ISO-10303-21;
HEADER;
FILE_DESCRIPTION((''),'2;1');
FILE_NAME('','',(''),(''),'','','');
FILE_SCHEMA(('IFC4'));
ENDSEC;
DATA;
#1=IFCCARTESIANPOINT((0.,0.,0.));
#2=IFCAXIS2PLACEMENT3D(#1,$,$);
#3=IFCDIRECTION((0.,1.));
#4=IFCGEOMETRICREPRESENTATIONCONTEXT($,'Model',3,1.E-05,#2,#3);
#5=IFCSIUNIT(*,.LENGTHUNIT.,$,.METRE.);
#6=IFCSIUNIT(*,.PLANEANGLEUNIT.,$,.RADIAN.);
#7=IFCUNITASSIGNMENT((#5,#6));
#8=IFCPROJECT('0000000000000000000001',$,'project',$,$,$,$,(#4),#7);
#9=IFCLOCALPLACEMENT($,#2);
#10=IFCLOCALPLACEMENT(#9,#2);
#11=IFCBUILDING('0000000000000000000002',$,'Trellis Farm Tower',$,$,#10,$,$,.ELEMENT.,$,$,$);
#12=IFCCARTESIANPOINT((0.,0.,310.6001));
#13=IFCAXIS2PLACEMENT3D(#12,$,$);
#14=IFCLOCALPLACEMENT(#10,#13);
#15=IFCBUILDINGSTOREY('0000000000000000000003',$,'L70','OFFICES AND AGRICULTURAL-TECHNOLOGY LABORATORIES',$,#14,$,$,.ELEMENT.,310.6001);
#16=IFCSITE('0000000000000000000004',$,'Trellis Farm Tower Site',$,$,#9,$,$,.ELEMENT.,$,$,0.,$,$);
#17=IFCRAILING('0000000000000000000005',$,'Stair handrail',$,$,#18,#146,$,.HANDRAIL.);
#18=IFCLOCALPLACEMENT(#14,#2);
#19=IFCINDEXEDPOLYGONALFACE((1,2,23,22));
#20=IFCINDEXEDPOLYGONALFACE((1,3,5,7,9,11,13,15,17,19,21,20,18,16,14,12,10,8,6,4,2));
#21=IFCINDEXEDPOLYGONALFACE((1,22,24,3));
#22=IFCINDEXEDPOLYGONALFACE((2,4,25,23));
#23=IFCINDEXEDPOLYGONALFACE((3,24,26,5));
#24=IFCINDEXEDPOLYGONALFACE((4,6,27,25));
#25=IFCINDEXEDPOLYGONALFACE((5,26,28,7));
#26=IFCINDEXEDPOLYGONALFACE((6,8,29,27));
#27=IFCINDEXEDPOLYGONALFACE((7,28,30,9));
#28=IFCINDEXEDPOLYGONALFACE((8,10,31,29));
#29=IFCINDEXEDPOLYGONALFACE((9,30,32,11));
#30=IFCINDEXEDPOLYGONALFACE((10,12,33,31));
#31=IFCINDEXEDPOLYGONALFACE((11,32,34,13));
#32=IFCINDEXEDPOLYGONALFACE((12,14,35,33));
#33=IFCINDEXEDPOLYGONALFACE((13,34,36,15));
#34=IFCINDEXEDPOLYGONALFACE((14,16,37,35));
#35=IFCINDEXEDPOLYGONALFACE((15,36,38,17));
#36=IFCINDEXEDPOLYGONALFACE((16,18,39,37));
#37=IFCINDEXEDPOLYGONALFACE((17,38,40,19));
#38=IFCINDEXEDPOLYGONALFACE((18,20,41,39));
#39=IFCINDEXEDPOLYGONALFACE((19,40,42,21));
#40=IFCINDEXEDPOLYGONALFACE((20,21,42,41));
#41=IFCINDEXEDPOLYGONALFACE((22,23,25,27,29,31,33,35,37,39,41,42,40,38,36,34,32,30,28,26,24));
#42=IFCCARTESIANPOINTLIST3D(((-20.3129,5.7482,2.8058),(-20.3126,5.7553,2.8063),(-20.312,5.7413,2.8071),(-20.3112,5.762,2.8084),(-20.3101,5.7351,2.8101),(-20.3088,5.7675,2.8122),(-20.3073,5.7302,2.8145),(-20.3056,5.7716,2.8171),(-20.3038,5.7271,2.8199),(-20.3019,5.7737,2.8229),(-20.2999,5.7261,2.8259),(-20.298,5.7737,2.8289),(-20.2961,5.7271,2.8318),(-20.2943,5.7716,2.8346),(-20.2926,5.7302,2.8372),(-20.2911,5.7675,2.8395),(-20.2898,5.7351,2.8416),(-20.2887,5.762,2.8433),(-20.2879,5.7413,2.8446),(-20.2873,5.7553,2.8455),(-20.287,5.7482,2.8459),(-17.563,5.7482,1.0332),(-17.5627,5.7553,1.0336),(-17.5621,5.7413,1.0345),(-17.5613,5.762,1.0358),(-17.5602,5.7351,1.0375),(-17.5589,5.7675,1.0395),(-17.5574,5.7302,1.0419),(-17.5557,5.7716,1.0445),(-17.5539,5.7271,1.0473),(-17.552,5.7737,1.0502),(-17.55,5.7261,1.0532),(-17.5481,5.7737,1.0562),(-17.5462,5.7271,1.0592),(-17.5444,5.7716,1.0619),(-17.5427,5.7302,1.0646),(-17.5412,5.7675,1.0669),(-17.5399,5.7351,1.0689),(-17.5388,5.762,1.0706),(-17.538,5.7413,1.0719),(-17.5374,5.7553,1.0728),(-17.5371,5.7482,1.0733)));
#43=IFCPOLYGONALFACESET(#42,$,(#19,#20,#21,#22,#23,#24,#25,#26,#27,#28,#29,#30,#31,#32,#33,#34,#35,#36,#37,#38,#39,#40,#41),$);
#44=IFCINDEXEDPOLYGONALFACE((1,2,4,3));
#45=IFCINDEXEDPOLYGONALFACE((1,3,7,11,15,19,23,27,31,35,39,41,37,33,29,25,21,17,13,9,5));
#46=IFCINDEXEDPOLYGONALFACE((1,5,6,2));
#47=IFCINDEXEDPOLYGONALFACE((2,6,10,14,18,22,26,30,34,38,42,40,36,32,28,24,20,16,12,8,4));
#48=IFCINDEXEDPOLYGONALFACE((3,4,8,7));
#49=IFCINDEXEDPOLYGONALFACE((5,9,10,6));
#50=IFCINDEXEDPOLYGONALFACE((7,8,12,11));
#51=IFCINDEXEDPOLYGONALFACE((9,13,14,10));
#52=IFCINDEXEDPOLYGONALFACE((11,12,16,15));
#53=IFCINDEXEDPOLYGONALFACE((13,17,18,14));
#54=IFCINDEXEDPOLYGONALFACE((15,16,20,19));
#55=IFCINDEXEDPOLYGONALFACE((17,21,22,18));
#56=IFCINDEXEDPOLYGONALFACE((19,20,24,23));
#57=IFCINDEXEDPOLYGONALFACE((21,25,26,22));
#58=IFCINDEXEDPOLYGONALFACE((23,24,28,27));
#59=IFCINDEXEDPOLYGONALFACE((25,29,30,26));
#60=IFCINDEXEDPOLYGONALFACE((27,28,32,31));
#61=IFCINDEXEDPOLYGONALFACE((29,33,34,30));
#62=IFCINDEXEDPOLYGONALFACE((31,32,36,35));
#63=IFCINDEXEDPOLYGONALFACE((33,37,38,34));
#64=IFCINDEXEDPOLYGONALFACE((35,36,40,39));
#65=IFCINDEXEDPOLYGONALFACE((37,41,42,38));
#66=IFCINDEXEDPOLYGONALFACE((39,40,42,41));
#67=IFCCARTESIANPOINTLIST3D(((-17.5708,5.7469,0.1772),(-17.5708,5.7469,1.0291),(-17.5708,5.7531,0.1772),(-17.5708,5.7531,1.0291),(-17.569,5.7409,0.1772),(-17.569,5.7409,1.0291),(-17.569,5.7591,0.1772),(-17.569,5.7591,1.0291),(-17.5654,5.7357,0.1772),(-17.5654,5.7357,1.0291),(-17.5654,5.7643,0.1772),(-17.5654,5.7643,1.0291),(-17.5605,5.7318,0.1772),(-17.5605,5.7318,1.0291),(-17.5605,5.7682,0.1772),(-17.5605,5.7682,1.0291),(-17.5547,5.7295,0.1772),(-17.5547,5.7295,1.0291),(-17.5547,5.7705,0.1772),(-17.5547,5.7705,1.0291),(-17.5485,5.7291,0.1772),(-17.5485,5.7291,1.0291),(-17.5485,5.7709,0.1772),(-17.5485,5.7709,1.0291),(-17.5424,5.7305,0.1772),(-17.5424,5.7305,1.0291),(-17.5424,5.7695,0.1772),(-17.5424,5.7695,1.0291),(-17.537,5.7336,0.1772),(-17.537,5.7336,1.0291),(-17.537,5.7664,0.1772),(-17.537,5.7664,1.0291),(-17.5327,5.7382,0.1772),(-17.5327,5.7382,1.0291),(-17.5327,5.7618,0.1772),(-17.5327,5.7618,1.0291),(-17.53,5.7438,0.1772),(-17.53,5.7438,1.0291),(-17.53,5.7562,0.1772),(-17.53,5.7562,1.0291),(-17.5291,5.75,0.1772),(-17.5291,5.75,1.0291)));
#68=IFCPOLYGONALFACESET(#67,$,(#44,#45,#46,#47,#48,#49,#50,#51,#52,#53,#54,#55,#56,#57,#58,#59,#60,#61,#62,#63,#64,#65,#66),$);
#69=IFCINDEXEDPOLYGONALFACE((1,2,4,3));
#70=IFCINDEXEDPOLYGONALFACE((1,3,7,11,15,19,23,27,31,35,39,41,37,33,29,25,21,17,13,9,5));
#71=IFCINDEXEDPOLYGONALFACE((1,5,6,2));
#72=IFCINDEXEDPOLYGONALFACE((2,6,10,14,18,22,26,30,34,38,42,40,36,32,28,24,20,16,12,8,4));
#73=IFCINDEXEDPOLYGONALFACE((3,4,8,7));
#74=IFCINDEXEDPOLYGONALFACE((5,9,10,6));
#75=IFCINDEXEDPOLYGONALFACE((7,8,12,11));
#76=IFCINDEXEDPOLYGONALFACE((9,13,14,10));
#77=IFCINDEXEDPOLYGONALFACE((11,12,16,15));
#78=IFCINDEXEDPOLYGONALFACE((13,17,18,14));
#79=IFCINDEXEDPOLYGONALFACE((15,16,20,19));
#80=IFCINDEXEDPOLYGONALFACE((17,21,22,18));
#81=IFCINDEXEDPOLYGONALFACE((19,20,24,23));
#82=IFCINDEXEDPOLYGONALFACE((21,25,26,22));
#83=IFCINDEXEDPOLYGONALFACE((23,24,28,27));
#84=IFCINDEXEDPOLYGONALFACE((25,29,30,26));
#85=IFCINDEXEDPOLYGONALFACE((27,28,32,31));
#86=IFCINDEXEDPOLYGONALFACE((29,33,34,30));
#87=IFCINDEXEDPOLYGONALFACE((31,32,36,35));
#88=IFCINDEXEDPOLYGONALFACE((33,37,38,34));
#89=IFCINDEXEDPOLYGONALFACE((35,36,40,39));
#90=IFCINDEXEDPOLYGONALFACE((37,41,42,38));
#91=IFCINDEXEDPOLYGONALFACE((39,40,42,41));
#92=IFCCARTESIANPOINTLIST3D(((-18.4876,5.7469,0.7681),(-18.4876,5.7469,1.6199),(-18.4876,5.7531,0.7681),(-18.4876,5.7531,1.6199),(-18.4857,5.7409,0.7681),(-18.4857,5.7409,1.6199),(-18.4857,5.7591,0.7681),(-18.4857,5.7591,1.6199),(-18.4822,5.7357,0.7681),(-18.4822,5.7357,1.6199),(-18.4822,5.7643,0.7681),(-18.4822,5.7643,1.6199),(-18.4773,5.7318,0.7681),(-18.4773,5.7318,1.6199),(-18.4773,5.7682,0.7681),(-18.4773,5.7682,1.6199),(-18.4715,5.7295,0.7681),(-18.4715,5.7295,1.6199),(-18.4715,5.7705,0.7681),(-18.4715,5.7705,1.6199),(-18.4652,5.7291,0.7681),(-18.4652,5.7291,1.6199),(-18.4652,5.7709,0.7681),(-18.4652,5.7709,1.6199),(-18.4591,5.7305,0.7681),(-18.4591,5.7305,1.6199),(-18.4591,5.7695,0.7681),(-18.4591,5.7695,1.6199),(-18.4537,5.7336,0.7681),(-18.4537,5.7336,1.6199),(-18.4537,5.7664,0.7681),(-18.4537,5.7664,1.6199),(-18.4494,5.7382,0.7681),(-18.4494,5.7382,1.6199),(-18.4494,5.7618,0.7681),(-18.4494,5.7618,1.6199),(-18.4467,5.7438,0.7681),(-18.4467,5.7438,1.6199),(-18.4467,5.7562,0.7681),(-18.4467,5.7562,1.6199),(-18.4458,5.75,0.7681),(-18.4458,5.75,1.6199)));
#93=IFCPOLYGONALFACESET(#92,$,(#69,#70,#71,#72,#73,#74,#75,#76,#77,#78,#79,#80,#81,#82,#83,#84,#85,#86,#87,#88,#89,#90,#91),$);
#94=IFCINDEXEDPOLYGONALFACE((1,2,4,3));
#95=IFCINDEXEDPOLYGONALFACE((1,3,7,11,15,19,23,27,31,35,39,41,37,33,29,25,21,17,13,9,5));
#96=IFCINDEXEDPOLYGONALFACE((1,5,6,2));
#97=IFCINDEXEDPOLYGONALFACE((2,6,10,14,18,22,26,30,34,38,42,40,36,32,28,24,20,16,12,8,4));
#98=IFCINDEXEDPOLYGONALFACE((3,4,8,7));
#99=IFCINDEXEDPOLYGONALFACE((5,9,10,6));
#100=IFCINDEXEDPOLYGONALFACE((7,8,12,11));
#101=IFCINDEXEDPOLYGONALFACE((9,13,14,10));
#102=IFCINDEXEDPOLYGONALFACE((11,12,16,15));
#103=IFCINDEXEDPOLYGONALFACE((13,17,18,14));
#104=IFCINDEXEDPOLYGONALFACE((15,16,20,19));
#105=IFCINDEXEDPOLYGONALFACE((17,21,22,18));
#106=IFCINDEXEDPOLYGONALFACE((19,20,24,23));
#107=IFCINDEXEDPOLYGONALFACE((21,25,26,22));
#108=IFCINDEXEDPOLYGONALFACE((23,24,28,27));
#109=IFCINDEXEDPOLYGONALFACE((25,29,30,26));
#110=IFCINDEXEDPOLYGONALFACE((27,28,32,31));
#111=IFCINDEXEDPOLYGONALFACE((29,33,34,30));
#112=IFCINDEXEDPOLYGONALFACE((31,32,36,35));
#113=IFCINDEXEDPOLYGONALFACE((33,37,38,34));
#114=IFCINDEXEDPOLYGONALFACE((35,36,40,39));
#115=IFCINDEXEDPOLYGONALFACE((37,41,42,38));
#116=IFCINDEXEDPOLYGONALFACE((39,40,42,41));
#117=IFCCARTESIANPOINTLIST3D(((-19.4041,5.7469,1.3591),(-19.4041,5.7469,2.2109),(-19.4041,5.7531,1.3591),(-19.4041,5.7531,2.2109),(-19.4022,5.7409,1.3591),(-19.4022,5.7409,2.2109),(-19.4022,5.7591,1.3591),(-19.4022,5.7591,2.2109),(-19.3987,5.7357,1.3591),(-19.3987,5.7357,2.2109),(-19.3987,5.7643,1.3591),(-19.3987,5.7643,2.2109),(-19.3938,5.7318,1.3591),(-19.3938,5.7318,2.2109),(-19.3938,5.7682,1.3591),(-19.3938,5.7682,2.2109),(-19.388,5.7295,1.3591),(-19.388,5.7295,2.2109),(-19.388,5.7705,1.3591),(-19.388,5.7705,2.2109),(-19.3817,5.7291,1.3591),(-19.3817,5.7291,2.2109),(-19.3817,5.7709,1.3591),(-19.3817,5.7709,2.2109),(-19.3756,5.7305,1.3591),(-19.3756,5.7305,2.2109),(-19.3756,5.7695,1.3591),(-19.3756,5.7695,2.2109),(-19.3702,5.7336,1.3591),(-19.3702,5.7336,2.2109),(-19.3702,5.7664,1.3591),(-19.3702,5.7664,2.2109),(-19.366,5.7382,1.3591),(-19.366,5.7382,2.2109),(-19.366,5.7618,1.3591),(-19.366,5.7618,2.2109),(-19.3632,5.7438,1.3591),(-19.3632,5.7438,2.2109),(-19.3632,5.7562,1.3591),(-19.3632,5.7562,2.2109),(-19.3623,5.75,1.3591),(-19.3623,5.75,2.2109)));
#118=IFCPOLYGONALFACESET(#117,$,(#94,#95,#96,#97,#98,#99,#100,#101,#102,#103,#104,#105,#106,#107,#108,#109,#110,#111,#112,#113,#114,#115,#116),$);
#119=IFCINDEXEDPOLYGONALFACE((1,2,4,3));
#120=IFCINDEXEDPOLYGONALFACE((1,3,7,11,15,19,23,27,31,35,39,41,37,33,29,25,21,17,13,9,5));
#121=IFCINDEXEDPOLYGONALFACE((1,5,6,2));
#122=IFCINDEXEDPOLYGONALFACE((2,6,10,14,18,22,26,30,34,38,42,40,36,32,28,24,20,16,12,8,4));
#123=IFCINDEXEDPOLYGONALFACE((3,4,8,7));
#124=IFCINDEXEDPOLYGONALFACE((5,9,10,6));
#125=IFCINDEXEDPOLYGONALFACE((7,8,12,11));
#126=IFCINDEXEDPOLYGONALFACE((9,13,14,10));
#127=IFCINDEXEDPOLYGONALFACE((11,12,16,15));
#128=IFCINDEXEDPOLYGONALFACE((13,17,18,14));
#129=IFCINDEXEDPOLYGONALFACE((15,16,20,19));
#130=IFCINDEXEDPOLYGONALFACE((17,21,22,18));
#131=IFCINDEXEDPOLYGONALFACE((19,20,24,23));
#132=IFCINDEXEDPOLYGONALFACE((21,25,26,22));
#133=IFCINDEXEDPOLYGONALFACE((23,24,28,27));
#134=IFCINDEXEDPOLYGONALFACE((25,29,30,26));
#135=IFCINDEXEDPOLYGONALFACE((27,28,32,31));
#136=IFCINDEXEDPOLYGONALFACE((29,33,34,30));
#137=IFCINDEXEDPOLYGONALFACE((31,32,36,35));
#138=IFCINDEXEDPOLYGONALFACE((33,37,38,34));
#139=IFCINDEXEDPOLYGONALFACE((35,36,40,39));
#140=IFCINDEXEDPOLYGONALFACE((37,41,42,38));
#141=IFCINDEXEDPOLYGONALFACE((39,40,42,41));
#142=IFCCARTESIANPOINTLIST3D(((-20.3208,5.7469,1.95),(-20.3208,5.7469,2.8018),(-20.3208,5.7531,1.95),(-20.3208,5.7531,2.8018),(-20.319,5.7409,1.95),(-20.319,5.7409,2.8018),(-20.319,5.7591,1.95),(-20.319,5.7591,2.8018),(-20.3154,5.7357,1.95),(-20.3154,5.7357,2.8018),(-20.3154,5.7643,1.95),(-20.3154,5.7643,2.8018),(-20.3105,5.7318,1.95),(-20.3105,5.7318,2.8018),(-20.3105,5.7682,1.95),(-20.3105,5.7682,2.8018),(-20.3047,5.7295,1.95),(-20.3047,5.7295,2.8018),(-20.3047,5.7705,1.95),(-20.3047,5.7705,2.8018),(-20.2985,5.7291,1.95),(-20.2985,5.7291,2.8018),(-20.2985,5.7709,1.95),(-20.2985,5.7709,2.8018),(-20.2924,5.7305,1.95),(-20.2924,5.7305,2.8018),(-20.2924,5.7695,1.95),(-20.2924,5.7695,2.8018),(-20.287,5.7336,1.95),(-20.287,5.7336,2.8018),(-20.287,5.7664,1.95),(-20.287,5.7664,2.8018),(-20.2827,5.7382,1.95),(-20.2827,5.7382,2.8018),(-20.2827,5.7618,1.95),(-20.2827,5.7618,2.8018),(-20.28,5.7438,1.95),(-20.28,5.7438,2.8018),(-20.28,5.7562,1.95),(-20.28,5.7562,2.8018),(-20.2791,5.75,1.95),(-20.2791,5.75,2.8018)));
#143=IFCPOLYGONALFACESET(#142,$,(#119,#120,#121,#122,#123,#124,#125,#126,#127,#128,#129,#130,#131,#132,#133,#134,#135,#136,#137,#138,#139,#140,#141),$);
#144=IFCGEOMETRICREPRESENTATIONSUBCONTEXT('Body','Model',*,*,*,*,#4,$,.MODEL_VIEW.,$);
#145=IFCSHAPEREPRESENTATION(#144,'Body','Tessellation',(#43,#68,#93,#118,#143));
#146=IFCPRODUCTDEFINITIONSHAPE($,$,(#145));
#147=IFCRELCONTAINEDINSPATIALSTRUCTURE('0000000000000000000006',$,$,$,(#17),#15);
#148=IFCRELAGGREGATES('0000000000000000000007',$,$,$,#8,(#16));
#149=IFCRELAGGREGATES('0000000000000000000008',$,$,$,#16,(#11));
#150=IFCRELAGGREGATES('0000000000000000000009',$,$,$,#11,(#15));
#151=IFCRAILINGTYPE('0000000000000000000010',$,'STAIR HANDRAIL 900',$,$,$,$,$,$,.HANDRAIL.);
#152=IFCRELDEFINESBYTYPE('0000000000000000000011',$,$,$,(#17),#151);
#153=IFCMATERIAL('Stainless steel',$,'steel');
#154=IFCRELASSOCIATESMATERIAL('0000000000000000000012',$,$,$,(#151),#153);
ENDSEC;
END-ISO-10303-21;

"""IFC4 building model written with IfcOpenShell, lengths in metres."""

from ifc_helpers import new_model, si_unit, direction, frame, origin, origin_2d, place, context, subcontext, project, spatial, circle, extrude, source, transform, mapped, material, type_object, element, save


model = new_model("IFC4")

# Units and contexts
model_context = context("Model", 3, precision=1e-05, world=origin(), true_north=direction((0.0, 1.0)))
body_context = subcontext(model_context, "Body", "Model", "MODEL_VIEW")
ifc_project = project(units=[si_unit("LENGTHUNIT", "METRE"), si_unit("PLANEANGLEUNIT", "RADIAN")], contexts=[model_context])

# Site, building, storey
site_placement = place(None, origin())
site = spatial("IfcSite", under=ifc_project, at=site_placement, Name="Trellis Farm Tower Site", CompositionType="ELEMENT", RefElevation=0.0)
building_placement = place(site_placement, origin())
building = spatial("IfcBuilding", under=site, at=building_placement, Name="Trellis Farm Tower", CompositionType="ELEMENT")
storey_placement = place(building_placement, frame((0.0, 0.0, 310.6001)))
storey = spatial("IfcBuildingStorey", under=building, at=storey_placement, Name="L70", Description="OFFICES AND AGRICULTURAL-TECHNOLOGY LABORATORIES", CompositionType="ELEMENT", Elevation=310.6001)

# Railing
ifc_material_1 = material(Name="Stainless steel", Category="steel")
railing_type = type_object("IfcRailingType", Name="STAIR HANDRAIL 900", PredefinedType="HANDRAIL", material=ifc_material_1)
shared_shape_1 = source(origin(), body_context, "Body", "SweptSolid", [
    extrude(circle(Radius=0.0239, at=origin_2d()), frame((0.0, 0.0, 0.876), z_axis=(-0.840504, 0.0, 0.541806), x_axis=(0.0, -1.0, 0.0)), (0.0, 0.0, 1.0), 3.2717),
    extrude(circle(Radius=0.021, at=origin_2d()), origin(), (0.0, 0.0, 1.0), 0.8518),
    extrude(circle(Radius=0.021, at=origin_2d()), frame((-0.9167, 0.0, 0.5908)), (0.0, 0.0, 1.0), 0.8518),
    extrude(circle(Radius=0.021, at=origin_2d()), frame((-1.8333, 0.0, 1.1819)), (0.0, 0.0, 1.0), 0.8518),
    extrude(circle(Radius=0.021, at=origin_2d()), frame((-2.75, 0.0, 1.7727)), (0.0, 0.0, 1.0), 0.8518),
])
for number, where, name in (
    (1, (-17.55, 5.75, 0.1772), "Stair handrail"),
):
    element("IfcRailing", number, at=place(storey_placement, frame(where)), inside=storey, type_object=railing_type, Name=name, PredefinedType="HANDRAIL", context=body_context, shape_type="MappedRepresentation", body=[
        mapped(shared_shape_1, transform((0.0, 0.0, 0.0))),
    ])

save(model, "model.ifc")
